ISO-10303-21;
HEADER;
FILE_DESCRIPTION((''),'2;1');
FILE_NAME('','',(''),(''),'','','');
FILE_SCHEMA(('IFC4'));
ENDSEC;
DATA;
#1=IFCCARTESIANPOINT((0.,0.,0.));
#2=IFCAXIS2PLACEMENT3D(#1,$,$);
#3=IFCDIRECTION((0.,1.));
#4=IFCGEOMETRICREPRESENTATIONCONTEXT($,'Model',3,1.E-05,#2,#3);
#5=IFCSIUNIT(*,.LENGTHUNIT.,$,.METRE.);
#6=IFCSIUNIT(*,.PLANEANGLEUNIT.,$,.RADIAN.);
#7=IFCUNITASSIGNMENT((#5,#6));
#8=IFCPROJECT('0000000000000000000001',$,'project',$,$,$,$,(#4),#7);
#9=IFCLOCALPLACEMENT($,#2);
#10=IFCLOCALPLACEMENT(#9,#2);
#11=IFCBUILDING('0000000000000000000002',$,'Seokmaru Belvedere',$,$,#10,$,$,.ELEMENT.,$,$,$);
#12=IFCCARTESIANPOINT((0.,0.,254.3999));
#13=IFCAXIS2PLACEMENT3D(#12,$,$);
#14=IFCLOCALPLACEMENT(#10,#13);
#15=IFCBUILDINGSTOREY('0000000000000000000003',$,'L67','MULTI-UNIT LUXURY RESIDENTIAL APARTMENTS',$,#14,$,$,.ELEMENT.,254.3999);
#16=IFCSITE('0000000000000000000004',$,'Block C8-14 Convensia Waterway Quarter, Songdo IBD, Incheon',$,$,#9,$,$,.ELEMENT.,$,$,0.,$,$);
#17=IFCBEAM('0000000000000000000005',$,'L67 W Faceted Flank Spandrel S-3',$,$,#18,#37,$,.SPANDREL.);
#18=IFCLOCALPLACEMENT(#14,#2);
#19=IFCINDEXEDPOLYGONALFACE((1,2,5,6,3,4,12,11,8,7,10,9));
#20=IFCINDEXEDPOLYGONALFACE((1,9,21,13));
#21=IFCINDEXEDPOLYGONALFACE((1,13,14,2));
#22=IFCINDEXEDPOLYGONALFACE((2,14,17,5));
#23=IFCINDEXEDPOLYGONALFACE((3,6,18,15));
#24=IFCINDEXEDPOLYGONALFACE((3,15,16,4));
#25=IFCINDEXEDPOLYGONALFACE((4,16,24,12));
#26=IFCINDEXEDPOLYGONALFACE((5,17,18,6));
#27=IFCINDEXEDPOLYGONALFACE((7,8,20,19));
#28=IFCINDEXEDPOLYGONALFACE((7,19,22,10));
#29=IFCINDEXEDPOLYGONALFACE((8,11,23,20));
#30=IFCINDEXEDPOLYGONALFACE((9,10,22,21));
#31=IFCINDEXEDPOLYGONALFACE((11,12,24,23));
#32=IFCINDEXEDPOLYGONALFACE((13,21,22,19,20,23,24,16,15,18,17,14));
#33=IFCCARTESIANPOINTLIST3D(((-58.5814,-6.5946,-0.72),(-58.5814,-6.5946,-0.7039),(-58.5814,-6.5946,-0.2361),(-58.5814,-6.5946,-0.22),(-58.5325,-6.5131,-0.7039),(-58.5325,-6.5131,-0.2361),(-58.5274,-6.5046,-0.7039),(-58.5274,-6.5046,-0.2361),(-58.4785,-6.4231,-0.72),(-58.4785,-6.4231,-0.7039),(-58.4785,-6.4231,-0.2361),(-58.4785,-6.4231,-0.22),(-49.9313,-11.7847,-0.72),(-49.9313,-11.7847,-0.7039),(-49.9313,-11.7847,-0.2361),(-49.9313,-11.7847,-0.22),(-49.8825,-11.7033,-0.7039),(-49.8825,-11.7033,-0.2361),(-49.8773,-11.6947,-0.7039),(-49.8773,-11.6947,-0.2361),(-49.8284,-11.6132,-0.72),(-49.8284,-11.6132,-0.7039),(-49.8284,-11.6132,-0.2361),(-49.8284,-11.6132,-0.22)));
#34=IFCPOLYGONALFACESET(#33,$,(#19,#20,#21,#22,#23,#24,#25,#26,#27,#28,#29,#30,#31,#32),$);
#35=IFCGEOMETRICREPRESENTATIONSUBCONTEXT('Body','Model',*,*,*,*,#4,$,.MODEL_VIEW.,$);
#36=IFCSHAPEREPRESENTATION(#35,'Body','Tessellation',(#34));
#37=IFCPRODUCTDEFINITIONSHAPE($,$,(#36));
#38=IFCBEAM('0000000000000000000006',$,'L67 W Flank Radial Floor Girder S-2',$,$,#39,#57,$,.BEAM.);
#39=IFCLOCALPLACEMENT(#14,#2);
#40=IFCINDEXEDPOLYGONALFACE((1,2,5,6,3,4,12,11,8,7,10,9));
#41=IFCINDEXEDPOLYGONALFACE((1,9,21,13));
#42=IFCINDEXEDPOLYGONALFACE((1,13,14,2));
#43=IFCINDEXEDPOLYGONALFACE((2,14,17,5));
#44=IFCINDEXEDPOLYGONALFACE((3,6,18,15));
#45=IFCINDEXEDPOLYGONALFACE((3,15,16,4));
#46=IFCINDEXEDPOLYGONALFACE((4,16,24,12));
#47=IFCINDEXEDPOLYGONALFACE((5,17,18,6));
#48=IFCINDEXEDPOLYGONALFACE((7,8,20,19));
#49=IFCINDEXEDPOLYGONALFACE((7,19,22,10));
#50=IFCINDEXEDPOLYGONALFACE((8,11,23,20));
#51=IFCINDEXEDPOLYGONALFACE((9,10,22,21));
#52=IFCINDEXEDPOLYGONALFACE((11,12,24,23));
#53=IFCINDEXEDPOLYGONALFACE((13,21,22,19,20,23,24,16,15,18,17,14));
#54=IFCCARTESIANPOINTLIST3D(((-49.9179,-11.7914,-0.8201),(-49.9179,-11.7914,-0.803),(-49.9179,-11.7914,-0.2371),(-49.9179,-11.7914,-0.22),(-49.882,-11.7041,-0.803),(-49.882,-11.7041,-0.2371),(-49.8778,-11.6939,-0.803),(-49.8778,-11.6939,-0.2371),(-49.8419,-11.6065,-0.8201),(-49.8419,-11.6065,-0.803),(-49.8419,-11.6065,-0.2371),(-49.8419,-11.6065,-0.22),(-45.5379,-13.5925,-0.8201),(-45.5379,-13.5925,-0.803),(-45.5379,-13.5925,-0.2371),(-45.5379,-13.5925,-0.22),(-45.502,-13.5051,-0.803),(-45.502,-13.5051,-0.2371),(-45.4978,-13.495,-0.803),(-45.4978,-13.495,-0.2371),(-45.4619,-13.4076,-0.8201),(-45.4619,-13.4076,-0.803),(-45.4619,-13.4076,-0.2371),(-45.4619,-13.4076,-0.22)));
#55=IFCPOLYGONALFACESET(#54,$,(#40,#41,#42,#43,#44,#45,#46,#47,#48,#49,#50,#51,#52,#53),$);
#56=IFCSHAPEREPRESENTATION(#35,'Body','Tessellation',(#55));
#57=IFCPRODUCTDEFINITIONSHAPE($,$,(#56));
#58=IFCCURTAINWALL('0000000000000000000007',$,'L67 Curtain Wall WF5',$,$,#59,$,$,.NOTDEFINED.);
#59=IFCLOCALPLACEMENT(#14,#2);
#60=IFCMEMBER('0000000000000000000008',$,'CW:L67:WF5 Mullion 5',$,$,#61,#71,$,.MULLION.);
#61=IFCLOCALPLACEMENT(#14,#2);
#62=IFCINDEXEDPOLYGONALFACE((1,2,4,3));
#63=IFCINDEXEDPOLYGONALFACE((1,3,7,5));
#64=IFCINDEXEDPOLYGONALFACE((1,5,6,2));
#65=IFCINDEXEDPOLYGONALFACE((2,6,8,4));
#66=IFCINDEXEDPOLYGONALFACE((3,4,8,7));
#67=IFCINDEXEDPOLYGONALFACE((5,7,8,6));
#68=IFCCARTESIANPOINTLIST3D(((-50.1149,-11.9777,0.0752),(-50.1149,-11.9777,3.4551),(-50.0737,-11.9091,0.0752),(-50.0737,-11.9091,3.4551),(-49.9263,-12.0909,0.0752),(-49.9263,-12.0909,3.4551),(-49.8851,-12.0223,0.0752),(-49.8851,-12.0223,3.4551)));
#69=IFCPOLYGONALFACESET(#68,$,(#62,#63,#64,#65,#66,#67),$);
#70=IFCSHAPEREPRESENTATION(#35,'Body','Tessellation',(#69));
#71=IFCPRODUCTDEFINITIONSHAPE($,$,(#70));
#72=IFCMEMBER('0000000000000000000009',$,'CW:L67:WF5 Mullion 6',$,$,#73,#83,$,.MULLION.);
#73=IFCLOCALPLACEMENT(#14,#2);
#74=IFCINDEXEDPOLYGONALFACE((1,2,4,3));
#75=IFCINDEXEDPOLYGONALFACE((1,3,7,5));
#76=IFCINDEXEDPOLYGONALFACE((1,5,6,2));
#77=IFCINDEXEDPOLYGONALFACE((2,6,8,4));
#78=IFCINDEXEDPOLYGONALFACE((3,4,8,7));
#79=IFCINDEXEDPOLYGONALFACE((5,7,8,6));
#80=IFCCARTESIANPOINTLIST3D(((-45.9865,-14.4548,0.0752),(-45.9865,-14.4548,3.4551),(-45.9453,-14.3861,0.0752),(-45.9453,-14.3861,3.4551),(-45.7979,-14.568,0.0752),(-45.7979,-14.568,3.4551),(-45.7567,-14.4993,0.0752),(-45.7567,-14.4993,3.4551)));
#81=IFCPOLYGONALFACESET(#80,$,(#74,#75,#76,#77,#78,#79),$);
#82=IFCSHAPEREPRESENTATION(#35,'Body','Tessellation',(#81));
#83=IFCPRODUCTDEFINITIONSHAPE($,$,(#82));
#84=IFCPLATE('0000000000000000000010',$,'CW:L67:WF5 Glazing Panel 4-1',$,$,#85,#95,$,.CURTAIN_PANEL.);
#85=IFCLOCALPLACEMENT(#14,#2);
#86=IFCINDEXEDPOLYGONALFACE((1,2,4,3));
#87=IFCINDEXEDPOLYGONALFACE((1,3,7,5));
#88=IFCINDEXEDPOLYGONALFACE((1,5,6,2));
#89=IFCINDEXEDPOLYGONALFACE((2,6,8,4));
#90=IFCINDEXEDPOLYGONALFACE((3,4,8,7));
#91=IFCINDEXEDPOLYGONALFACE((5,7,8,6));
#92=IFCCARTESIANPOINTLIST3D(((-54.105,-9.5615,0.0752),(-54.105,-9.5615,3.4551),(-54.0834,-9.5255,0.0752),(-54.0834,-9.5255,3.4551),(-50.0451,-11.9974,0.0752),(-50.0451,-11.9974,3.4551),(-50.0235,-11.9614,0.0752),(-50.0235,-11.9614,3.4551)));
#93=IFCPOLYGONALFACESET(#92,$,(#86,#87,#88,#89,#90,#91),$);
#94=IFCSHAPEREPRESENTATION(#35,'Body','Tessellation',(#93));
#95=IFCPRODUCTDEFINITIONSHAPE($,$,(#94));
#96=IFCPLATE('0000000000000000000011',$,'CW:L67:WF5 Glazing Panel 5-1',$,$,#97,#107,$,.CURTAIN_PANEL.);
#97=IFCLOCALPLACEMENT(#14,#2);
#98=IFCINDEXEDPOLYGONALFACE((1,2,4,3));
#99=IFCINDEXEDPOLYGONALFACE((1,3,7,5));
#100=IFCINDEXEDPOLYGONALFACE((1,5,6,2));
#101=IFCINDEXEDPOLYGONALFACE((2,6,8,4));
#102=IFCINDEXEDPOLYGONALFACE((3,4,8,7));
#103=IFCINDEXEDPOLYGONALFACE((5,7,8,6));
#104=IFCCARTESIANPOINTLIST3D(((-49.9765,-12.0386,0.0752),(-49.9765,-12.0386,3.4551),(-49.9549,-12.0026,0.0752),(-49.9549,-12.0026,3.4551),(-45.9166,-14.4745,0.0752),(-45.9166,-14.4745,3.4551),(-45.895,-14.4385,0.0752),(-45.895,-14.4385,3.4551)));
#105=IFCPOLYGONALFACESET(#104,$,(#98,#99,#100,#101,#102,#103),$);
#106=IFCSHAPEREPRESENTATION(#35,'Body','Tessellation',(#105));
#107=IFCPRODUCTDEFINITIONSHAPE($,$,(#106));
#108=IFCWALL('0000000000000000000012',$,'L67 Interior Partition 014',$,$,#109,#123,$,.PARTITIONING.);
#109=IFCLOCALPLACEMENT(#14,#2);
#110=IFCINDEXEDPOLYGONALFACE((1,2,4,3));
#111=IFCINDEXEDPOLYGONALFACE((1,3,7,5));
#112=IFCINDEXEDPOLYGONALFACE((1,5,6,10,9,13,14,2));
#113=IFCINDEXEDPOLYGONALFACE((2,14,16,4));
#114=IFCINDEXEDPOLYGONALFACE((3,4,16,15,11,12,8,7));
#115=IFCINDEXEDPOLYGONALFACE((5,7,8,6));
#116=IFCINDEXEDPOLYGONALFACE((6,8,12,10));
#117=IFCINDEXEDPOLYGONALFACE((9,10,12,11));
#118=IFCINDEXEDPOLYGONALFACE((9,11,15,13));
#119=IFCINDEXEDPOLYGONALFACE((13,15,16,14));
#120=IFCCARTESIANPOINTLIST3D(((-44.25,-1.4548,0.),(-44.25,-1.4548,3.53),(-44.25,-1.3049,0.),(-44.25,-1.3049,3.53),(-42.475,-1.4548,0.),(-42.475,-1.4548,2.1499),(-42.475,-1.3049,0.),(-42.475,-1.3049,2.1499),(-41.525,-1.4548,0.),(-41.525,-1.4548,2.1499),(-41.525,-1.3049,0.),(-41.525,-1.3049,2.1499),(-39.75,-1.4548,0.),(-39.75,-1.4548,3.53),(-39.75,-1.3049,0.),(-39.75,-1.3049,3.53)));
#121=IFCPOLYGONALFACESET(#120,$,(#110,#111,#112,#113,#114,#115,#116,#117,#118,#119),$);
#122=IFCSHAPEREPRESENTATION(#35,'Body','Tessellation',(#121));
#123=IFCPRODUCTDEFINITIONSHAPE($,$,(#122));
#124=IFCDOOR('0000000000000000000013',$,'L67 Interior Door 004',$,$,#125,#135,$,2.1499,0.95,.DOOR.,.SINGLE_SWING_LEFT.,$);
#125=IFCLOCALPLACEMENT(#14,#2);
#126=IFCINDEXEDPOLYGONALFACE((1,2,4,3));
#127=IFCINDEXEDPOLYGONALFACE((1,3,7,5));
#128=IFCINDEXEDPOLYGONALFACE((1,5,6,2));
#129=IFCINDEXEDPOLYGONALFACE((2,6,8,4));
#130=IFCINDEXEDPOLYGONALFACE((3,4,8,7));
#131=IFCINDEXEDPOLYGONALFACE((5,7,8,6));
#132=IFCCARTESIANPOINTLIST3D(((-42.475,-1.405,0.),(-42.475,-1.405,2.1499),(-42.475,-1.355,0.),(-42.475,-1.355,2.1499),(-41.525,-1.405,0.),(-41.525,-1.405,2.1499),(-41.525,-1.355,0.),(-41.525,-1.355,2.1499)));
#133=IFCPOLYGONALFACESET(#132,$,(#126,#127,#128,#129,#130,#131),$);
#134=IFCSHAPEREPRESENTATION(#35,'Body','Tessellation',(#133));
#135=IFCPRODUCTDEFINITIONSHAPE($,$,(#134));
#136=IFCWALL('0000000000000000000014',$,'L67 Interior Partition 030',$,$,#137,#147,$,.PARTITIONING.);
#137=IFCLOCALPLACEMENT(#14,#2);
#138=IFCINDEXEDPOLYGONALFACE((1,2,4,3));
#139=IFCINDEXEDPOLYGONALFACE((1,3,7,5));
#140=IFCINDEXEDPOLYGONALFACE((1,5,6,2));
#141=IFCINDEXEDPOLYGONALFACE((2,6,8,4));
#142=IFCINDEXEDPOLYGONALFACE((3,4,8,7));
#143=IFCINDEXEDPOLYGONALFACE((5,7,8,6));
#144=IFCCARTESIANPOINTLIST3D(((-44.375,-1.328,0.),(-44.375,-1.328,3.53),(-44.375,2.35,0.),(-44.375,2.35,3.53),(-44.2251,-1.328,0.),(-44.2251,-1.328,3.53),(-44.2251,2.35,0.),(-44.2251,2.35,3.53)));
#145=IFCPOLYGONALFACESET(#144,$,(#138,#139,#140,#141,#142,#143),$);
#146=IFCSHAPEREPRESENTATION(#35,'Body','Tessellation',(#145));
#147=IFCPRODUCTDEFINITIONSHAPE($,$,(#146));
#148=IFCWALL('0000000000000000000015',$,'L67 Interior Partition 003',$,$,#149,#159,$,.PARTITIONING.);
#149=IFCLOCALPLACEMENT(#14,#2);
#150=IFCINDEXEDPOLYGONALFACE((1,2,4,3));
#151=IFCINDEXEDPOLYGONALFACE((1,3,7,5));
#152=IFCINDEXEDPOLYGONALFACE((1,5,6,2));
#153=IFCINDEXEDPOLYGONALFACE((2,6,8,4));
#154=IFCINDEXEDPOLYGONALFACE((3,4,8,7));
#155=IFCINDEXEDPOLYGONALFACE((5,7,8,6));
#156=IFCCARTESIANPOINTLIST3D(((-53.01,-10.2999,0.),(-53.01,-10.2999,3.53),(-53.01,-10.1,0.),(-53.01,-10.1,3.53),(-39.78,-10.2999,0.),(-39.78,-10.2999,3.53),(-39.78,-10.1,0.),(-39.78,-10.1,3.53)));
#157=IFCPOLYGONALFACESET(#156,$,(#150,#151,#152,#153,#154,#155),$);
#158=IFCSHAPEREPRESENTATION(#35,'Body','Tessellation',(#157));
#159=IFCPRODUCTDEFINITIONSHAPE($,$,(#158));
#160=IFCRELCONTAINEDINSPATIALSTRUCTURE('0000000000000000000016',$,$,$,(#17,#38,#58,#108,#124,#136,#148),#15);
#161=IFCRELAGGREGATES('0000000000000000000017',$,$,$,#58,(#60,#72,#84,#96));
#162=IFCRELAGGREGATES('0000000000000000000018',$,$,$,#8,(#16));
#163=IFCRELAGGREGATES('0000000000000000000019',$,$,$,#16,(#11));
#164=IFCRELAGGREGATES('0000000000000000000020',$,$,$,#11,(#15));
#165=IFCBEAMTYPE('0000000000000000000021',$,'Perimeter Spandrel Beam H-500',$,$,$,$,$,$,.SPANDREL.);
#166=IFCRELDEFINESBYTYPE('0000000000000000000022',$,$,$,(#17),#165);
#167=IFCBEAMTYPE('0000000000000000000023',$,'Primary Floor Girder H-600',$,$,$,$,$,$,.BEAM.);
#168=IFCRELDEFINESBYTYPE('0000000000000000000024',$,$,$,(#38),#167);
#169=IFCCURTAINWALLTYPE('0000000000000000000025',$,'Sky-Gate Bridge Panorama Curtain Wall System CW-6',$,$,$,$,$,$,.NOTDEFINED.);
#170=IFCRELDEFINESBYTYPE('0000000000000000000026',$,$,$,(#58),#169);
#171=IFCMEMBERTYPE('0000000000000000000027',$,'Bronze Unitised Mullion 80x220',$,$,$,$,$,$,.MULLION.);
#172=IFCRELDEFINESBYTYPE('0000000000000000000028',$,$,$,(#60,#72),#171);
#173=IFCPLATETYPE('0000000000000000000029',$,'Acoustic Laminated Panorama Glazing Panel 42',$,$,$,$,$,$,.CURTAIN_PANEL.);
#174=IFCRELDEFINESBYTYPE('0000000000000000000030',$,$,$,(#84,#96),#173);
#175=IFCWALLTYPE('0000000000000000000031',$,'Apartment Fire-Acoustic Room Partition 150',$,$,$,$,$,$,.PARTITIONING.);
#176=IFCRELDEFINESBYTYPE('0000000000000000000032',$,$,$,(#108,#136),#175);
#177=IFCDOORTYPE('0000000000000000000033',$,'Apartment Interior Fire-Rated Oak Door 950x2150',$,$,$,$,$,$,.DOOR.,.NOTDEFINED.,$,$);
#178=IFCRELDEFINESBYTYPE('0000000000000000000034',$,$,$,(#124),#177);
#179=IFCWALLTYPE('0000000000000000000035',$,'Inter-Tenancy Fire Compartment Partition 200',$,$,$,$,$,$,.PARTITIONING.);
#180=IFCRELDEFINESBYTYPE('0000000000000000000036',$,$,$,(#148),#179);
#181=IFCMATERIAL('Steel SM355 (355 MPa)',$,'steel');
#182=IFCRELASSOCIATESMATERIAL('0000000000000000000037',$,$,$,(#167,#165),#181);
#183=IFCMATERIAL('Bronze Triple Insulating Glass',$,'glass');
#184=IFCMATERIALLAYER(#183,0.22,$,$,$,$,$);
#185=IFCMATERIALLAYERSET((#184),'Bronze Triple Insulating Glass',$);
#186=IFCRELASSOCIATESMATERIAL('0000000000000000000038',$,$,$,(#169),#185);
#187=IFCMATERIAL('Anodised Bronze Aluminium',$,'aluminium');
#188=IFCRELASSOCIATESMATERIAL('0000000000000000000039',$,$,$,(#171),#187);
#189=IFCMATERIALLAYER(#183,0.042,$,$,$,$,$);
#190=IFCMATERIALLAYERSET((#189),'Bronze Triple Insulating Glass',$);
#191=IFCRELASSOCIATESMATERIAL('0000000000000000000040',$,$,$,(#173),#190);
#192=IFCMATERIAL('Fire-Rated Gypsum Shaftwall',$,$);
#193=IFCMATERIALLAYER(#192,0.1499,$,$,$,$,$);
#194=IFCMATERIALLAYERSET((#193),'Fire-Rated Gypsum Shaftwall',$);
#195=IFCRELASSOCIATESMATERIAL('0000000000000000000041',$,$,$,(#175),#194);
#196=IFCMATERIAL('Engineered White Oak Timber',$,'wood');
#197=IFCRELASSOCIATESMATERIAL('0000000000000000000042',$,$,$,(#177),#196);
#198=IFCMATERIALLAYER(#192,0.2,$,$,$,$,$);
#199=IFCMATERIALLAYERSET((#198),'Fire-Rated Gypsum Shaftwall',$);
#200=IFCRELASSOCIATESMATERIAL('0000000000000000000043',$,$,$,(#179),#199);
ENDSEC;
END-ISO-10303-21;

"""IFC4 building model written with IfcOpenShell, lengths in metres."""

from ifc_helpers import new_model, si_unit, direction, frame, frame_2d, origin, origin_2d, place, context, subcontext, project, spatial, rectangle, i_section, extrude, source, transform, mapped, material, layer, layer_set, material_profile, profile_set, type_object, type_shapes, element, fill, aggregate, save


model = new_model("IFC4")

# Units and contexts
model_context = context("Model", 3, precision=1e-05, world=origin(), true_north=direction((0.0, 1.0)))
body_context = subcontext(model_context, "Body", "Model", "MODEL_VIEW")
ifc_project = project(units=[si_unit("LENGTHUNIT", "METRE"), si_unit("PLANEANGLEUNIT", "RADIAN")], contexts=[model_context])

# Site, building, storey
site_placement = place(None, origin())
site = spatial("IfcSite", under=ifc_project, at=site_placement, Name="Block C8-14 Convensia Waterway Quarter, Songdo IBD, Incheon", CompositionType="ELEMENT", RefElevation=0.0)
building_placement = place(site_placement, origin())
building = spatial("IfcBuilding", under=site, at=building_placement, Name="Seokmaru Belvedere", CompositionType="ELEMENT")
storey_placement = place(building_placement, frame((0.0, 0.0, 254.3999)))
storey = spatial("IfcBuildingStorey", under=building, at=storey_placement, Name="L67", Description="MULTI-UNIT LUXURY RESIDENTIAL APARTMENTS", CompositionType="ELEMENT", Elevation=254.3999)

# Shared definitions
ifc_material_1 = material(Name="Steel SM355 (355 MPa)", Category="steel")

# Beams
ifc_material_profile_1 = material_profile(ifc_material_1, i_section(OverallWidth=0.2, OverallDepth=0.6001, WebThickness=0.011, FlangeThickness=0.0171, at=origin_2d()), Name="H-600x200x11x17")
ifc_profile_set_1 = profile_set([ifc_material_profile_1], Name="Steel SM355 (355 MPa)")
beam_type_1 = type_object("IfcBeamType", Name="Primary Floor Girder H-600", PredefinedType="BEAM", material=ifc_profile_set_1)
ifc_material_profile_2 = material_profile(ifc_material_1, i_section(OverallWidth=0.2, OverallDepth=0.5, WebThickness=0.01, FlangeThickness=0.0161, at=origin_2d()), Name="H-500x200x10x16")
ifc_profile_set_2 = profile_set([ifc_material_profile_2], Name="Steel SM355 (355 MPa)")
beam_type_2 = type_object("IfcBeamType", Name="Perimeter Spandrel Beam H-500", PredefinedType="SPANDREL", material=ifc_profile_set_2)
shared_shape_1 = source(origin(), body_context, "Body", "SweptSolid", [
    extrude(i_section(OverallWidth=0.2, OverallDepth=0.5, WebThickness=0.01, FlangeThickness=0.0161, at=origin_2d()), origin(), (0.0, 0.0, 1.0), 10.0876),
])
type_shapes(beam_type_2, [shared_shape_1])
beam_1_placement = place(storey_placement, frame((-49.8799, -11.699, -0.47), z_axis=(-0.857489, 0.514503, 0.0), x_axis=(-0.514503, -0.857489, 0.0)))
element("IfcBeam", 1, at=beam_1_placement, inside=storey, type_object=beam_type_2, Name="L67 W Faceted Flank Spandrel S-3", PredefinedType="SPANDREL", context=body_context, shape_type="MappedRepresentation", body=[
    mapped(shared_shape_1, transform((0.0, 0.0, 0.0), scale=1.0)),
])
shared_shape_2 = source(origin(), body_context, "Body", "SweptSolid", [
    extrude(i_section(OverallWidth=0.2, OverallDepth=0.6001, WebThickness=0.011, FlangeThickness=0.0171, at=origin_2d()), origin(), (0.0, 0.0, 1.0), 4.7358),
])
beam_2_placement = place(storey_placement, frame((-49.8799, -11.699, -0.52), z_axis=(0.924861, -0.380306, 0.0), x_axis=(0.380306, 0.924861, 0.0)))
element("IfcBeam", 2, at=beam_2_placement, inside=storey, type_object=beam_type_1, Name="L67 W Flank Radial Floor Girder S-2", PredefinedType="BEAM", context=body_context, shape_type="MappedRepresentation", body=[
    mapped(shared_shape_2, transform((0.0, 0.0, 0.0), scale=1.0)),
])

# Curtain wall, members, plates
ifc_material_2 = material(Name="Bronze Triple Insulating Glass", Category="glass")
ifc_layer_1 = layer(ifc_material_2, 0.22)
ifc_layer_set_1 = layer_set([ifc_layer_1], Name="Bronze Triple Insulating Glass")
curtain_wall_type = type_object("IfcCurtainWallType", Name="Sky-Gate Bridge Panorama Curtain Wall System CW-6", PredefinedType="NOTDEFINED", material=ifc_layer_set_1)
curtain_wall_placement = place(storey_placement, origin())
curtain_wall = element("IfcCurtainWall", 3, at=curtain_wall_placement, inside=storey, type_object=curtain_wall_type, Name="L67 Curtain Wall WF5", PredefinedType="NOTDEFINED")
ifc_material_3 = material(Name="Anodised Bronze Aluminium", Category="aluminium")
ifc_material_profile_3 = material_profile(ifc_material_3, rectangle(XDim=0.0801, YDim=0.22, at=origin_2d()), Name="CW-M-80x220")
ifc_profile_set_3 = profile_set([ifc_material_profile_3], Name="Anodised Bronze Aluminium")
member_type = type_object("IfcMemberType", Name="Bronze Unitised Mullion 80x220", PredefinedType="MULLION", material=ifc_profile_set_3)
shared_shape_3 = source(origin(), body_context, "Body", "SweptSolid", [
    extrude(rectangle(XDim=0.0801, YDim=0.22, at=origin_2d()), origin(), (0.0, 0.0, 1.0), 3.3799),
])
type_shapes(member_type, [shared_shape_3])
member_1_placement = place(storey_placement, frame((-50.0, -12.0, 0.0752), z_axis=(0.0, 0.0, 1.0), x_axis=(0.514495, 0.857493, 0.0)))
member_1 = element("IfcMember", 4, at=member_1_placement, type_object=member_type, Name="CW:L67:WF5 Mullion 5", PredefinedType="MULLION", context=body_context, shape_type="MappedRepresentation", body=[
    mapped(shared_shape_3, transform((0.0, 0.0, 0.0), scale=1.0)),
])
member_2_placement = place(storey_placement, frame((-45.8716, -14.4771, 0.0752), z_axis=(0.0, 0.0, 1.0), x_axis=(0.514495, 0.857493, 0.0)))
member_2 = element("IfcMember", 5, at=member_2_placement, type_object=member_type, Name="CW:L67:WF5 Mullion 6", PredefinedType="MULLION", context=body_context, shape_type="MappedRepresentation", body=[
    mapped(shared_shape_3, transform((0.0, 0.0, 0.0), scale=1.0)),
])
ifc_layer_2 = layer(ifc_material_2, 0.042)
ifc_layer_set_2 = layer_set([ifc_layer_2], Name="Bronze Triple Insulating Glass")
plate_type = type_object("IfcPlateType", Name="Acoustic Laminated Panorama Glazing Panel 42", PredefinedType="CURTAIN_PANEL", material=ifc_layer_set_2)
shared_shape_4 = source(origin(), body_context, "Body", "SweptSolid", [
    extrude(rectangle(XDim=4.7346, YDim=0.042, at=origin_2d()), origin(), (0.0, 0.0, 1.0), 3.3799),
])
type_shapes(plate_type, [shared_shape_4])
plate_1_placement = place(storey_placement, frame((-52.0642, -10.7615, 0.0752), z_axis=(0.0, 0.0, 1.0), x_axis=(0.857493, -0.514495, 0.0)))
plate_1 = element("IfcPlate", 6, at=plate_1_placement, type_object=plate_type, Name="CW:L67:WF5 Glazing Panel 4-1", PredefinedType="CURTAIN_PANEL", context=body_context, shape_type="MappedRepresentation", body=[
    mapped(shared_shape_4, transform((0.0, 0.0, 0.0), scale=1.0)),
])
plate_2_placement = place(storey_placement, frame((-47.9358, -13.2385, 0.0752), z_axis=(0.0, 0.0, 1.0), x_axis=(0.857493, -0.514495, 0.0)))
plate_2 = element("IfcPlate", 7, at=plate_2_placement, type_object=plate_type, Name="CW:L67:WF5 Glazing Panel 5-1", PredefinedType="CURTAIN_PANEL", context=body_context, shape_type="MappedRepresentation", body=[
    mapped(shared_shape_4, transform((0.0, 0.0, 0.0), scale=1.0)),
])
aggregate(curtain_wall, [member_1, member_2, plate_1, plate_2])

# Wall, opening, door
ifc_material_4 = material(Name="Fire-Rated Gypsum Shaftwall")
ifc_layer_3 = layer(ifc_material_4, 0.1499)
ifc_layer_set_3 = layer_set([ifc_layer_3], Name="Fire-Rated Gypsum Shaftwall")
wall_type_1 = type_object("IfcWallType", Name="Apartment Fire-Acoustic Room Partition 150", PredefinedType="PARTITIONING", material=ifc_layer_set_3)
wall_1_placement = place(storey_placement, frame((-44.25, -1.3799, 0.0), z_axis=(0.0, 0.0, 1.0), x_axis=(1.0, 0.0, 0.0)))
wall_1 = element("IfcWall", 8, at=wall_1_placement, inside=storey, type_object=wall_type_1, Name="L67 Interior Partition 014", PredefinedType="PARTITIONING", context=body_context, shape_type="SweptSolid", body=[
    extrude(rectangle(XDim=4.5, YDim=0.1499, at=frame_2d((2.25, 0.0))), origin(), (0.0, 0.0, 1.0), 3.53),
])
opening_1_placement = place(wall_1_placement, frame((1.7749, 0.0, 0.0)))
opening_1 = element("IfcOpeningElement", 9, at=opening_1_placement, cuts=wall_1, PredefinedType="OPENING", context=body_context, shape_type="SweptSolid", body=[
    extrude(rectangle(XDim=0.95, YDim=2.1499, at=frame_2d((0.4751, 1.075))), frame((0.0, 0.085, 0.0), z_axis=(0.0, -1.0, 0.0), x_axis=(1.0, 0.0, 0.0)), (0.0, 0.0, 1.0), 0.1699),
])
ifc_material_5 = material(Name="Engineered White Oak Timber", Category="wood")
door_type_1 = type_object("IfcDoorType", Name="Apartment Interior Fire-Rated Oak Door 950x2150", OperationType="NOTDEFINED", PredefinedType="DOOR", material=ifc_material_5)
shared_shape_5 = source(origin(), body_context, "Body", "SweptSolid", [
    extrude(rectangle(XDim=0.95, YDim=2.1499, at=frame_2d((0.4751, 1.075))), frame((0.0, 0.0249, 0.0), z_axis=(0.0, -1.0, 0.0), x_axis=(1.0, 0.0, 0.0)), (0.0, 0.0, 1.0), 0.05),
])
type_shapes(door_type_1, [shared_shape_5])
door_1_placement = place(opening_1_placement, origin())
door_1 = element("IfcDoor", 10, at=door_1_placement, inside=storey, type_object=door_type_1, Name="L67 Interior Door 004", OperationType="SINGLE_SWING_LEFT", OverallHeight=2.1499, OverallWidth=0.95, PredefinedType="DOOR", context=body_context, shape_type="MappedRepresentation", body=[
    mapped(shared_shape_5, transform((0.0, 0.0, 0.0), scale=1.0)),
])
fill(opening_1, door_1)

# Walls
wall_2_placement = place(storey_placement, frame((-44.3, -1.3279, 0.0), z_axis=(0.0, 0.0, 1.0), x_axis=(0.0, 1.0, 0.0)))
element("IfcWall", 11, at=wall_2_placement, inside=storey, type_object=wall_type_1, Name="L67 Interior Partition 030", PredefinedType="PARTITIONING", context=body_context, shape_type="SweptSolid", body=[
    extrude(rectangle(XDim=3.678, YDim=0.1499, at=frame_2d((1.8389, 0.0))), origin(), (0.0, 0.0, 1.0), 3.53),
])
ifc_layer_4 = layer(ifc_material_4, 0.2)
ifc_layer_set_4 = layer_set([ifc_layer_4], Name="Fire-Rated Gypsum Shaftwall")
wall_type_2 = type_object("IfcWallType", Name="Inter-Tenancy Fire Compartment Partition 200", PredefinedType="PARTITIONING", material=ifc_layer_set_4)
wall_3_placement = place(storey_placement, frame((-53.01, -10.2, 0.0), z_axis=(0.0, 0.0, 1.0), x_axis=(1.0, 0.0, 0.0)))
element("IfcWall", 12, at=wall_3_placement, inside=storey, type_object=wall_type_2, Name="L67 Interior Partition 003", PredefinedType="PARTITIONING", context=body_context, shape_type="SweptSolid", body=[
    extrude(rectangle(XDim=13.23, YDim=0.2, at=frame_2d((6.615, 0.0))), origin(), (0.0, 0.0, 1.0), 3.53),
])

save(model, "model.ifc")
